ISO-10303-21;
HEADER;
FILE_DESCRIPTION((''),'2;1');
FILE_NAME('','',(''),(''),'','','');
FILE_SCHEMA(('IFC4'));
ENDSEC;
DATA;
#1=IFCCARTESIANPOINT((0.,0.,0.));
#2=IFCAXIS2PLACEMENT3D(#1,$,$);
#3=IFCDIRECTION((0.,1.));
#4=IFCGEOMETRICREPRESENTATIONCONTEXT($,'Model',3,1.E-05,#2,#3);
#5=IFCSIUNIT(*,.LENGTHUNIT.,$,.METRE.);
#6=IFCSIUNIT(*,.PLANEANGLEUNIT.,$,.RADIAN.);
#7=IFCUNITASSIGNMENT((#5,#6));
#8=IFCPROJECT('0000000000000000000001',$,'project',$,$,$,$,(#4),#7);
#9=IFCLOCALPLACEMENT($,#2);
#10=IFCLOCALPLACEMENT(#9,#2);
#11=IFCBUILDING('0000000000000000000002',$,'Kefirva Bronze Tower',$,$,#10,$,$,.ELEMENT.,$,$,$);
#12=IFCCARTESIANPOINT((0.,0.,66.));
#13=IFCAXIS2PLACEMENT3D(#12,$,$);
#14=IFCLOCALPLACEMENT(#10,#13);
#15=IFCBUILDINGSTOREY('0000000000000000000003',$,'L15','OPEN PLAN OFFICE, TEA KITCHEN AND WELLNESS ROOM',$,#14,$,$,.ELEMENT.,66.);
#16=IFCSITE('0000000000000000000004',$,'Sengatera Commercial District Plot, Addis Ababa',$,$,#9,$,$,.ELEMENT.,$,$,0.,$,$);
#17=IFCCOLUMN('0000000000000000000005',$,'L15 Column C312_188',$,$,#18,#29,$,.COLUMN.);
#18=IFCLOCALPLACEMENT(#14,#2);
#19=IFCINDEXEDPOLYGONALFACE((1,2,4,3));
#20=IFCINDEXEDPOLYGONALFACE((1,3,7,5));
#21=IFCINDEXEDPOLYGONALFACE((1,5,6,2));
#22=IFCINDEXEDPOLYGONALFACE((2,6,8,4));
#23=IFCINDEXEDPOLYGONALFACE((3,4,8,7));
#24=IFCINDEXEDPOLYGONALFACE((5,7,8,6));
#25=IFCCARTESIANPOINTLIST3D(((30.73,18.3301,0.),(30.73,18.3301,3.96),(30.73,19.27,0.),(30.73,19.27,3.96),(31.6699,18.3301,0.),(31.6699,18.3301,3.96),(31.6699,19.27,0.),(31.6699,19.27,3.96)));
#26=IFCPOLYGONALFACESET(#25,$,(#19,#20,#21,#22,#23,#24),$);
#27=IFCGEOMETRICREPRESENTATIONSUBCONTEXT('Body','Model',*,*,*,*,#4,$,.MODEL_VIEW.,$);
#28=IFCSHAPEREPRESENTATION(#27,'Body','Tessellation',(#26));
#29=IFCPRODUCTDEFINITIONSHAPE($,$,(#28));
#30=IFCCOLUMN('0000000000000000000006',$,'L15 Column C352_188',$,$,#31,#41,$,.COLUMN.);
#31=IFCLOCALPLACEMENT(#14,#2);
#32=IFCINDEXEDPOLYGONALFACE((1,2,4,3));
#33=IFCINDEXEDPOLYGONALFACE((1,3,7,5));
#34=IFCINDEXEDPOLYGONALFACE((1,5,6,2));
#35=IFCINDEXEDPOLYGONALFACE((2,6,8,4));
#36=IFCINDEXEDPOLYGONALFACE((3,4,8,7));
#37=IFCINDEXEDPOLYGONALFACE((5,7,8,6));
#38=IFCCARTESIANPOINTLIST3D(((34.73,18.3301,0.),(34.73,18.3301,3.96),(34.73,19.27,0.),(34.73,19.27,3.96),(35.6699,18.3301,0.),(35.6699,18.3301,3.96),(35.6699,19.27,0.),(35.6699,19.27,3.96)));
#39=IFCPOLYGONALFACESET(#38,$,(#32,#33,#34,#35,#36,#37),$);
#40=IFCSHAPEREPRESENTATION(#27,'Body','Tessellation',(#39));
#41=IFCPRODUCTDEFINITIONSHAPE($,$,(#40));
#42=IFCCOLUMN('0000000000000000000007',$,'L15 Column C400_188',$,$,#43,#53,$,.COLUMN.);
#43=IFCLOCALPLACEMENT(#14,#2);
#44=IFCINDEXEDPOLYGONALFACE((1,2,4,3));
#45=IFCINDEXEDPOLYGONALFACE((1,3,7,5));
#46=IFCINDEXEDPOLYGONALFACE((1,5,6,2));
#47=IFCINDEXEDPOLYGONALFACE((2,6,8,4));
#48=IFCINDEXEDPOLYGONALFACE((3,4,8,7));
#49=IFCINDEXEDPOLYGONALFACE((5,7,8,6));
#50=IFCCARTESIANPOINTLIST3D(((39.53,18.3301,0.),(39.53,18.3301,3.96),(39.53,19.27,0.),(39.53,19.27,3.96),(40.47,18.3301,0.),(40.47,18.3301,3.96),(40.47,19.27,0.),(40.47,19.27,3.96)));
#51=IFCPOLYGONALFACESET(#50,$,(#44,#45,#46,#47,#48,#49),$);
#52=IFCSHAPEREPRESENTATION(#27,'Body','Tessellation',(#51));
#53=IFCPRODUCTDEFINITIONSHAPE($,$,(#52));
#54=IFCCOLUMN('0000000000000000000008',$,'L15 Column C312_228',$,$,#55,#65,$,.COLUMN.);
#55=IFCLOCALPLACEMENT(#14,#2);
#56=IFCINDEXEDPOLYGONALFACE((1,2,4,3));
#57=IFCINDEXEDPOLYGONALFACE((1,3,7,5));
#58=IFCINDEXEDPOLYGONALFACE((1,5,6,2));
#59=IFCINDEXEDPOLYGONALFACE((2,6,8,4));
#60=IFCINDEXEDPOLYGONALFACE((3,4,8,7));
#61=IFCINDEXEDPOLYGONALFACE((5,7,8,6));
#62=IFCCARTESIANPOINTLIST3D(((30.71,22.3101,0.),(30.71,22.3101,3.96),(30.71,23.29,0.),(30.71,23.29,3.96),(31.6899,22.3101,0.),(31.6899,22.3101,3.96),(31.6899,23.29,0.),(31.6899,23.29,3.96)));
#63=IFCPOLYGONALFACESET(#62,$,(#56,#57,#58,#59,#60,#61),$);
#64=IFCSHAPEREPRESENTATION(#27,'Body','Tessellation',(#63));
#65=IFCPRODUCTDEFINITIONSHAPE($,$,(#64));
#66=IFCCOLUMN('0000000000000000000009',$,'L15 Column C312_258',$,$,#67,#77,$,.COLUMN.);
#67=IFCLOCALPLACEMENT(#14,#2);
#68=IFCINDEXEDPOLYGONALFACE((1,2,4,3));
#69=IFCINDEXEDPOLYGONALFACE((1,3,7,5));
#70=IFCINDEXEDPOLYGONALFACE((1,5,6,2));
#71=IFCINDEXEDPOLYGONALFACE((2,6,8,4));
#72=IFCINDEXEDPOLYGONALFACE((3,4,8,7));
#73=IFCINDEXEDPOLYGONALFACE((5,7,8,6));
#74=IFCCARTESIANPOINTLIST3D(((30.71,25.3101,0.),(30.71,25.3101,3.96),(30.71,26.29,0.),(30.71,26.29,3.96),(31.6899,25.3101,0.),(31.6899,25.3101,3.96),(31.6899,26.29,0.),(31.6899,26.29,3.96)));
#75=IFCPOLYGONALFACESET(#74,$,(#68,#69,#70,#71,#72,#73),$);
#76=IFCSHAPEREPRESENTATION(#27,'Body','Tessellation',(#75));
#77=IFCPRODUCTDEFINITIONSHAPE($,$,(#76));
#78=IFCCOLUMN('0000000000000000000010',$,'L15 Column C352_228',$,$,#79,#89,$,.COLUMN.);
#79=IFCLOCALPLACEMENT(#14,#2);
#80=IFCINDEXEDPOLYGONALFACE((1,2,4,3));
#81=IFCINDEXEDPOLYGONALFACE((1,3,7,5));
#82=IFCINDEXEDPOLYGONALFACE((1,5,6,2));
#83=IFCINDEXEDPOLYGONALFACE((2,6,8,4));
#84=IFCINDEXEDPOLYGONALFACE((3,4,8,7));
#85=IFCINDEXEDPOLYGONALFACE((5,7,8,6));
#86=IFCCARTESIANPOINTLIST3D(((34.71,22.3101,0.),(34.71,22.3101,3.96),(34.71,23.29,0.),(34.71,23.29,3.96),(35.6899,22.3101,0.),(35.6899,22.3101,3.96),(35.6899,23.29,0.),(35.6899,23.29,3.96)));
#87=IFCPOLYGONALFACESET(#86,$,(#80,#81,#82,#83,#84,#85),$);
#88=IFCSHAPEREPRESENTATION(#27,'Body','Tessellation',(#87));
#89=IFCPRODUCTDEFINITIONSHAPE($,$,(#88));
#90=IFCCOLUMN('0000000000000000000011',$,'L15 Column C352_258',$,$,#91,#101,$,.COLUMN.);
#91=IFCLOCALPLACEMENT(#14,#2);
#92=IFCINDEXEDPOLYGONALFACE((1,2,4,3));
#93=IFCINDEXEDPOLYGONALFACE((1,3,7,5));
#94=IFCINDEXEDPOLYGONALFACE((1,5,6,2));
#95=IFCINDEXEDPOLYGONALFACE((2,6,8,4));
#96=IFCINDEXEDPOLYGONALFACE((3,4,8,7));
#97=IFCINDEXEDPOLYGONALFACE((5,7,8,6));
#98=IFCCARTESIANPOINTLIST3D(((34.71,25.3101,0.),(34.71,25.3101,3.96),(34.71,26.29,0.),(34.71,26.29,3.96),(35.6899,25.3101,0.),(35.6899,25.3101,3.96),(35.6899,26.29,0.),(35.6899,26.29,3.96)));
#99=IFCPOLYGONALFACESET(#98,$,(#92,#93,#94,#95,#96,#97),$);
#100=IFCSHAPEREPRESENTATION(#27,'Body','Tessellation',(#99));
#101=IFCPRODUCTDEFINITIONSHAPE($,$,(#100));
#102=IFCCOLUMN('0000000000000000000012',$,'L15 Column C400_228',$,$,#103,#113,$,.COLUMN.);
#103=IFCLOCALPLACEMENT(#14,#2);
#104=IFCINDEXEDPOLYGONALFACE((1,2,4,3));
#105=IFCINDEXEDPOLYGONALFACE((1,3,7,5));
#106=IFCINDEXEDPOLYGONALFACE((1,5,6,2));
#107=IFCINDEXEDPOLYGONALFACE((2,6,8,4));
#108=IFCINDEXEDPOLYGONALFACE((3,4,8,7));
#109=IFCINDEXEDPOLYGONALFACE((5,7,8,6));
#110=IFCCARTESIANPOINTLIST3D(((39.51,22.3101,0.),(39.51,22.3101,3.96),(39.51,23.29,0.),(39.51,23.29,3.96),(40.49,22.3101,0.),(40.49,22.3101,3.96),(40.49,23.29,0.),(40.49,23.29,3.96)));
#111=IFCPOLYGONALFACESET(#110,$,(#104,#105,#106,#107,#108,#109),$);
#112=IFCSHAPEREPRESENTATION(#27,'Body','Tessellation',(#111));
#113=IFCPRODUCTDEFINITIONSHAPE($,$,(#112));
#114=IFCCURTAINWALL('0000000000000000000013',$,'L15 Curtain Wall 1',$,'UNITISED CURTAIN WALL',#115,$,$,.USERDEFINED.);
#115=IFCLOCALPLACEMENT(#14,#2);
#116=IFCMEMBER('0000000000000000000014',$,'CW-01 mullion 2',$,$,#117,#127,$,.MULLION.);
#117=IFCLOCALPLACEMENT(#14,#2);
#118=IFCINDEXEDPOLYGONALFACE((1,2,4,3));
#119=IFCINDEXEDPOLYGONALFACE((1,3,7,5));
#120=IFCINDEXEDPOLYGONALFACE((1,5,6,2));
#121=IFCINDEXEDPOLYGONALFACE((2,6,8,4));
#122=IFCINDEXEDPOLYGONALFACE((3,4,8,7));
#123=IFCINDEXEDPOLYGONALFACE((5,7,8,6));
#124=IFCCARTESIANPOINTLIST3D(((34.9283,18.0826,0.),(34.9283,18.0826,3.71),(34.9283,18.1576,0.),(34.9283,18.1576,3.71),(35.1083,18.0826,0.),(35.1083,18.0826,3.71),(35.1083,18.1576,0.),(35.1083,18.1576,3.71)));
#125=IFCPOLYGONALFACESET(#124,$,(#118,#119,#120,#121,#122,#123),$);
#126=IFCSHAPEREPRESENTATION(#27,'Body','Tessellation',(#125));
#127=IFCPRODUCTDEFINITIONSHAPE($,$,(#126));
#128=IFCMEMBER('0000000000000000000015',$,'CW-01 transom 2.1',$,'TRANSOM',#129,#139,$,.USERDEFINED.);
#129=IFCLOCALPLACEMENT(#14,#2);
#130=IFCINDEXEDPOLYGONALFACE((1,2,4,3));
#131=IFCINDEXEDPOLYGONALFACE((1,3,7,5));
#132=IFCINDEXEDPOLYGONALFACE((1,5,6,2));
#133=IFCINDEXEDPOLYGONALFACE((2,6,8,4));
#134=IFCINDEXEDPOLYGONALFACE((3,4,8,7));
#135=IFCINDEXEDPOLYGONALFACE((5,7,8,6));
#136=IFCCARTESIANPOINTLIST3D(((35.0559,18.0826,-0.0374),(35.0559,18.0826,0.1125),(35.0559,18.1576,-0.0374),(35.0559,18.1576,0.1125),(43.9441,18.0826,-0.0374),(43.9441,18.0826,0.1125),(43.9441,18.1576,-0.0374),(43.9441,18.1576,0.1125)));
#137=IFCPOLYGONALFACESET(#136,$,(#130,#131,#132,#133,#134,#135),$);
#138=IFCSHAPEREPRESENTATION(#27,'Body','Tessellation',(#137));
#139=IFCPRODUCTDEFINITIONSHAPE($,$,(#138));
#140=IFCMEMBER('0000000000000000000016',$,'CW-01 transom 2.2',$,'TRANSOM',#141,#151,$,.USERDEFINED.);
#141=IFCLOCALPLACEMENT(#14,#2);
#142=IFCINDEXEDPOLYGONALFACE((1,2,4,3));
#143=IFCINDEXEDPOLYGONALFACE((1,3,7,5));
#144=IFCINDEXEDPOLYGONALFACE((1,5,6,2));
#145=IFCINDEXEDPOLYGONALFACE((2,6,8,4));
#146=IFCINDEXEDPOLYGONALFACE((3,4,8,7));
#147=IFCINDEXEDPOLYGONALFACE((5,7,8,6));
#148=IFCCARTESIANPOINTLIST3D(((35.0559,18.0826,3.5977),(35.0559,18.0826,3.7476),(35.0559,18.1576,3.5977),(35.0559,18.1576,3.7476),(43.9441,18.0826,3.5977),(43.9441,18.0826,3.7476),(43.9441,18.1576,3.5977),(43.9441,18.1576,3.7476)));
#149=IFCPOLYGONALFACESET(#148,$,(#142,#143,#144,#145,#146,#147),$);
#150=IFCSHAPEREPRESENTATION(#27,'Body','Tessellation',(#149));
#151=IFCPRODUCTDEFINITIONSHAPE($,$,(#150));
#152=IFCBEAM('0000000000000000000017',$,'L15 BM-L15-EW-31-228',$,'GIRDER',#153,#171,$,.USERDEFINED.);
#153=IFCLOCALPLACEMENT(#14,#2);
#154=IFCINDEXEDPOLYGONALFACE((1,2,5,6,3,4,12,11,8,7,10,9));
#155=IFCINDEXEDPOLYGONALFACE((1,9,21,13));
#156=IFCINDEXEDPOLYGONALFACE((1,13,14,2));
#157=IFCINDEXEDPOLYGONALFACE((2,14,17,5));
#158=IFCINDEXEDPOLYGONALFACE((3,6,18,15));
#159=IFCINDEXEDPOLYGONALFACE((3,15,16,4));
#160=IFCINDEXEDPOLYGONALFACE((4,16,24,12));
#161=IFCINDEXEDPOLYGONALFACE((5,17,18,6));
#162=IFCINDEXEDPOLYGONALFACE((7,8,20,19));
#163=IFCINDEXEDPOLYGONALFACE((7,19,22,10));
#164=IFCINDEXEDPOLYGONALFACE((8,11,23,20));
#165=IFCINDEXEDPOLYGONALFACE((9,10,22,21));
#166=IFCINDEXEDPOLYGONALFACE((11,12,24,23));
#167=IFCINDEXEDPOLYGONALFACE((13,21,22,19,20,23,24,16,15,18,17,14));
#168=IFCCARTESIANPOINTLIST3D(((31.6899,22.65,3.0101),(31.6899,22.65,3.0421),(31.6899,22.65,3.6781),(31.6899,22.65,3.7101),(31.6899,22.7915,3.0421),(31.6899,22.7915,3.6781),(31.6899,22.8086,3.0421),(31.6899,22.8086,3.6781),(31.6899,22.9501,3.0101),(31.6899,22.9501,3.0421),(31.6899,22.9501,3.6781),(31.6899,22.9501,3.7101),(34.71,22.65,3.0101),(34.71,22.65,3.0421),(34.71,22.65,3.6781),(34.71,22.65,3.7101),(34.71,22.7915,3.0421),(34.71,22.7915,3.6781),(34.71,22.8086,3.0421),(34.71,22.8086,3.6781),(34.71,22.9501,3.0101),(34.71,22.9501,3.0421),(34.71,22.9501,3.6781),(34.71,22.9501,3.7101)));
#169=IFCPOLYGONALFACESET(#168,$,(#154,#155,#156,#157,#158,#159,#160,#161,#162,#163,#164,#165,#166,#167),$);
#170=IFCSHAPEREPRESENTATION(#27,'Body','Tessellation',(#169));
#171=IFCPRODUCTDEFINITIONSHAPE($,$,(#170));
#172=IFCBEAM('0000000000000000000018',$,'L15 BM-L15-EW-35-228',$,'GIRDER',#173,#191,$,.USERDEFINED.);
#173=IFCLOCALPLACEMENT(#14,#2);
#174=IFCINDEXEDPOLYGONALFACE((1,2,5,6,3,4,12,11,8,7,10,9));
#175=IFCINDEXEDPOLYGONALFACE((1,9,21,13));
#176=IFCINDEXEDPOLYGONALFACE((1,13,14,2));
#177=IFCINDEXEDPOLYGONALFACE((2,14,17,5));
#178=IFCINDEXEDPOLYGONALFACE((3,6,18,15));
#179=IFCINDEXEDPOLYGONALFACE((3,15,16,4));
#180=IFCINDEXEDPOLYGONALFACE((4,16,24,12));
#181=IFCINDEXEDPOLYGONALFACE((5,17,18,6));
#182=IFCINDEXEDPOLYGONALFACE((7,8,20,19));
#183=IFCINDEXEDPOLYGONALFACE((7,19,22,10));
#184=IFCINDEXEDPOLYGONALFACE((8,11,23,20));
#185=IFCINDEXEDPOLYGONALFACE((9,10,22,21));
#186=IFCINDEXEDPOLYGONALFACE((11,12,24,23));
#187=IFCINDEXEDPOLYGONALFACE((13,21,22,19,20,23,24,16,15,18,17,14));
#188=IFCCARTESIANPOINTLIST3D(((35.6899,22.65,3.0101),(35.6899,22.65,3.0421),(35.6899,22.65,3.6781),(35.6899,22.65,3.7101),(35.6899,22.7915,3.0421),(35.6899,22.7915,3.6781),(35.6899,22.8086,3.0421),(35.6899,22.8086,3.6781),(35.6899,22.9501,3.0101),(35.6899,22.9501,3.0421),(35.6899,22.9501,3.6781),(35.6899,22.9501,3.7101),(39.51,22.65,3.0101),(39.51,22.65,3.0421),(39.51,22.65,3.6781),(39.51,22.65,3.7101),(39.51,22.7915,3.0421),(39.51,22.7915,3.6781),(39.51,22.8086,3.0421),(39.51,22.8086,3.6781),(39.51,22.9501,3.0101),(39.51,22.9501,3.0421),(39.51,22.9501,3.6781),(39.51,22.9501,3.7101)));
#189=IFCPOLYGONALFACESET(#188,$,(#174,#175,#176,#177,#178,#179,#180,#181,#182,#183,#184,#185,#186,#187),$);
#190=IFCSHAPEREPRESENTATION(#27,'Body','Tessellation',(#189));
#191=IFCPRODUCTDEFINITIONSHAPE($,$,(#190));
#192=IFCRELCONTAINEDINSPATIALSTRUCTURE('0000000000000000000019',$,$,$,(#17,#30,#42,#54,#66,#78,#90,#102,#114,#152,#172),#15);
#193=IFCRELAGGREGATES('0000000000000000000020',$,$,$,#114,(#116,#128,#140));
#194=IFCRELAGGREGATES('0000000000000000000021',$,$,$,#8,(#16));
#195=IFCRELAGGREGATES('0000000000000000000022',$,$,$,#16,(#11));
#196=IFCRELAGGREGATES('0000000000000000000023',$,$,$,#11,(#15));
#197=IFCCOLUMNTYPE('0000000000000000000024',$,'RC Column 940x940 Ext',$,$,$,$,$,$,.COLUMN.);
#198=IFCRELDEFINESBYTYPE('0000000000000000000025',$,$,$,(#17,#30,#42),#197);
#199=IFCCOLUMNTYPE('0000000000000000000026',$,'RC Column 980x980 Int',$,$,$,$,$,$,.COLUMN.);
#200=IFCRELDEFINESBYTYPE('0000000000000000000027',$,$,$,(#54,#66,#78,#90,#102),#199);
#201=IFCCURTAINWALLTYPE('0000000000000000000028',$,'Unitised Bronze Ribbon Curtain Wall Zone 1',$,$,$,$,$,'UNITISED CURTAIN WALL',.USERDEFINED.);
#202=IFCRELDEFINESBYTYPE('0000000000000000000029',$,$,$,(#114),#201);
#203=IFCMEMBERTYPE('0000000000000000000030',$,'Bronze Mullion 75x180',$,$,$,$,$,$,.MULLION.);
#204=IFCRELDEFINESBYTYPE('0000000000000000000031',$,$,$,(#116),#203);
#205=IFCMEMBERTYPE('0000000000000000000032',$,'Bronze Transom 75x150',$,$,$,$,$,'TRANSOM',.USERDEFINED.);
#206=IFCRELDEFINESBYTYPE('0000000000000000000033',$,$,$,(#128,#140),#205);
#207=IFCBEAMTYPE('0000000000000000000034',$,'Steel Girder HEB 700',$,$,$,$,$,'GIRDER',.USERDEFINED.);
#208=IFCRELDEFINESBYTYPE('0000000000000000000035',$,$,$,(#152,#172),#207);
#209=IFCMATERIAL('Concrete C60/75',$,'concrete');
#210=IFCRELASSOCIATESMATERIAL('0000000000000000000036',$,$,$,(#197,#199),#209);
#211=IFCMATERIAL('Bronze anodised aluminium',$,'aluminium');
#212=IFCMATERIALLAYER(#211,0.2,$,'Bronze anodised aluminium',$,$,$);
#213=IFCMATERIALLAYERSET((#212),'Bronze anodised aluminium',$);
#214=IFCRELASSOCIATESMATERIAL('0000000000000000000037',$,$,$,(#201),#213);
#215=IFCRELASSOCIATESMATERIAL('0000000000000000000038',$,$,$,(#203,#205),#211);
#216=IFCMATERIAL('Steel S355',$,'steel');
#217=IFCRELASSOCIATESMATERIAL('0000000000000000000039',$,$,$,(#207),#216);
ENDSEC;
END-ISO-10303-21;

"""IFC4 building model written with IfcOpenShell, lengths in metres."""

from ifc_helpers import new_model, si_unit, direction, frame, origin, origin_2d, place, context, subcontext, project, spatial, rectangle, i_section, extrude, material, layer, layer_set, material_profile, profile_set, type_object, element, aggregate, save


model = new_model("IFC4")

# Units and contexts
model_context = context("Model", 3, precision=1e-05, world=origin(), true_north=direction((0.0, 1.0)))
body_context = subcontext(model_context, "Body", "Model", "MODEL_VIEW")
ifc_project = project(units=[si_unit("LENGTHUNIT", "METRE"), si_unit("PLANEANGLEUNIT", "RADIAN")], contexts=[model_context])

# Site, building, storey
site_placement = place(None, origin())
site = spatial("IfcSite", under=ifc_project, at=site_placement, Name="Sengatera Commercial District Plot, Addis Ababa", CompositionType="ELEMENT", RefElevation=0.0)
building_placement = place(site_placement, origin())
building = spatial("IfcBuilding", under=site, at=building_placement, Name="Kefirva Bronze Tower", CompositionType="ELEMENT")
storey_placement = place(building_placement, frame((0.0, 0.0, 66.0)))
storey = spatial("IfcBuildingStorey", under=building, at=storey_placement, Name="L15", Description="OPEN PLAN OFFICE, TEA KITCHEN AND WELLNESS ROOM", CompositionType="ELEMENT", Elevation=66.0)

# Columns
ifc_material_1 = material(Name="Concrete C60/75", Category="concrete")
ifc_material_profile_1 = material_profile(ifc_material_1, rectangle(XDim=0.9399, YDim=0.9399, at=origin_2d()), Name="RC 940x940")
ifc_profile_set_1 = profile_set([ifc_material_profile_1], Name="Concrete C60/75")
column_type_1 = type_object("IfcColumnType", Name="RC Column 940x940 Ext", PredefinedType="COLUMN", material=ifc_profile_set_1)
for number, where, z_axis, x_axis, name in (
    (1, (31.2, 18.8, 0.0), (0.0, 0.0, 1.0), (1.0, 0.0, 0.0), "L15 Column C312_188"),
    (2, (35.2, 18.8, 0.0), (0.0, 0.0, 1.0), (1.0, 0.0, 0.0), "L15 Column C352_188"),
    (3, (40.0, 18.8, 0.0), (0.0, 0.0, 1.0), (1.0, 0.0, 0.0), "L15 Column C400_188"),
):
    element("IfcColumn", number, at=place(storey_placement, frame(where, z_axis=z_axis, x_axis=x_axis)), inside=storey, type_object=column_type_1, Name=name, PredefinedType="COLUMN", context=body_context, shape_type="SweptSolid", body=[
        extrude(rectangle(XDim=0.9399, YDim=0.9399, at=origin_2d()), origin(), (0.0, 0.0, 1.0), 3.96),
    ])
ifc_material_profile_2 = material_profile(ifc_material_1, rectangle(XDim=0.98, YDim=0.98, at=origin_2d()), Name="RC 980x980")
ifc_profile_set_2 = profile_set([ifc_material_profile_2], Name="Concrete C60/75")
column_type_2 = type_object("IfcColumnType", Name="RC Column 980x980 Int", PredefinedType="COLUMN", material=ifc_profile_set_2)
for number, where, z_axis, x_axis, name in (
    (4, (31.2, 22.8, 0.0), (0.0, 0.0, 1.0), (1.0, 0.0, 0.0), "L15 Column C312_228"),
    (5, (31.2, 25.8, 0.0), (0.0, 0.0, 1.0), (1.0, 0.0, 0.0), "L15 Column C312_258"),
    (6, (35.2, 22.8, 0.0), (0.0, 0.0, 1.0), (1.0, 0.0, 0.0), "L15 Column C352_228"),
    (7, (35.2, 25.8, 0.0), (0.0, 0.0, 1.0), (1.0, 0.0, 0.0), "L15 Column C352_258"),
    (8, (40.0, 22.8, 0.0), (0.0, 0.0, 1.0), (1.0, 0.0, 0.0), "L15 Column C400_228"),
):
    element("IfcColumn", number, at=place(storey_placement, frame(where, z_axis=z_axis, x_axis=x_axis)), inside=storey, type_object=column_type_2, Name=name, PredefinedType="COLUMN", context=body_context, shape_type="SweptSolid", body=[
        extrude(rectangle(XDim=0.98, YDim=0.98, at=origin_2d()), origin(), (0.0, 0.0, 1.0), 3.96),
    ])

# Curtain wall, members
ifc_material_2 = material(Name="Bronze anodised aluminium", Category="aluminium")
ifc_layer_1 = layer(ifc_material_2, 0.2, Name="Bronze anodised aluminium")
ifc_layer_set_1 = layer_set([ifc_layer_1], Name="Bronze anodised aluminium")
curtain_wall_type = type_object("IfcCurtainWallType", Name="Unitised Bronze Ribbon Curtain Wall Zone 1", ElementType="UNITISED CURTAIN WALL", PredefinedType="USERDEFINED", material=ifc_layer_set_1)
curtain_wall_placement = place(storey_placement, origin())
curtain_wall = element("IfcCurtainWall", 9, at=curtain_wall_placement, inside=storey, type_object=curtain_wall_type, Name="L15 Curtain Wall 1", ObjectType="UNITISED CURTAIN WALL", PredefinedType="USERDEFINED")
ifc_material_profile_3 = material_profile(ifc_material_2, rectangle(XDim=0.075, YDim=0.1799, at=origin_2d()), Name="ALU 75x180")
ifc_profile_set_3 = profile_set([ifc_material_profile_3], Name="Bronze anodised aluminium")
member_type_1 = type_object("IfcMemberType", Name="Bronze Mullion 75x180", PredefinedType="MULLION", material=ifc_profile_set_3)
member_1_placement = place(storey_placement, frame((35.0183, 18.1201, 0.0), z_axis=(0.0, 0.0, 1.0), x_axis=(0.0, 1.0, 0.0)))
member_1 = element("IfcMember", 10, at=member_1_placement, type_object=member_type_1, Name="CW-01 mullion 2", PredefinedType="MULLION", context=body_context, shape_type="SweptSolid", body=[
    extrude(rectangle(XDim=0.075, YDim=0.1799, at=origin_2d()), origin(), (0.0, 0.0, 1.0), 3.71),
])
ifc_material_profile_4 = material_profile(ifc_material_2, rectangle(XDim=0.075, YDim=0.1499, at=origin_2d()), Name="ALU 75x150")
ifc_profile_set_4 = profile_set([ifc_material_profile_4], Name="Bronze anodised aluminium")
member_type_2 = type_object("IfcMemberType", Name="Bronze Transom 75x150", ElementType="TRANSOM", PredefinedType="USERDEFINED", material=ifc_profile_set_4)
member_2_placement = place(storey_placement, frame((35.0559, 18.1201, 0.0376), z_axis=(1.0, 0.0, 0.0), x_axis=(0.0, 1.0, 0.0)))
member_2 = element("IfcMember", 11, at=member_2_placement, type_object=member_type_2, Name="CW-01 transom 2.1", ObjectType="TRANSOM", PredefinedType="USERDEFINED", context=body_context, shape_type="SweptSolid", body=[
    extrude(rectangle(XDim=0.075, YDim=0.1499, at=origin_2d()), origin(), (0.0, 0.0, 1.0), 8.8882),
])
member_3_placement = place(storey_placement, frame((35.0559, 18.1201, 3.6726), z_axis=(1.0, 0.0, 0.0), x_axis=(0.0, 1.0, 0.0)))
member_3 = element("IfcMember", 12, at=member_3_placement, type_object=member_type_2, Name="CW-01 transom 2.2", ObjectType="TRANSOM", PredefinedType="USERDEFINED", context=body_context, shape_type="SweptSolid", body=[
    extrude(rectangle(XDim=0.075, YDim=0.1499, at=origin_2d()), origin(), (0.0, 0.0, 1.0), 8.8882),
])

# Beams
ifc_material_3 = material(Name="Steel S355", Category="steel")
ifc_material_profile_5 = material_profile(ifc_material_3, i_section(OverallWidth=0.3, OverallDepth=0.7, WebThickness=0.0171, FlangeThickness=0.032, at=origin_2d()), Name="HEB 700")
ifc_profile_set_5 = profile_set([ifc_material_profile_5], Name="Steel S355")
beam_type_1 = type_object("IfcBeamType", Name="Steel Girder HEB 700", ElementType="GIRDER", PredefinedType="USERDEFINED", material=ifc_profile_set_5)
beam_1_placement = place(storey_placement, frame((31.6899, 22.8, 3.3601), z_axis=(1.0, 0.0, 0.0), x_axis=(0.0, 1.0, 0.0)))
element("IfcBeam", 13, at=beam_1_placement, inside=storey, type_object=beam_type_1, Name="L15 BM-L15-EW-31-228", ObjectType="GIRDER", PredefinedType="USERDEFINED", context=body_context, shape_type="SweptSolid", body=[
    extrude(i_section(OverallWidth=0.3, OverallDepth=0.7, WebThickness=0.0171, FlangeThickness=0.032, at=origin_2d()), origin(), (0.0, 0.0, 1.0), 3.02),
])
beam_2_placement = place(storey_placement, frame((35.6899, 22.8, 3.3601), z_axis=(1.0, 0.0, 0.0), x_axis=(0.0, 1.0, 0.0)))
element("IfcBeam", 14, at=beam_2_placement, inside=storey, type_object=beam_type_1, Name="L15 BM-L15-EW-35-228", ObjectType="GIRDER", PredefinedType="USERDEFINED", context=body_context, shape_type="SweptSolid", body=[
    extrude(i_section(OverallWidth=0.3, OverallDepth=0.7, WebThickness=0.0171, FlangeThickness=0.032, at=origin_2d()), origin(), (0.0, 0.0, 1.0), 3.8201),
])

aggregate(curtain_wall, [member_1, member_2, member_3])

save(model, "model.ifc")
